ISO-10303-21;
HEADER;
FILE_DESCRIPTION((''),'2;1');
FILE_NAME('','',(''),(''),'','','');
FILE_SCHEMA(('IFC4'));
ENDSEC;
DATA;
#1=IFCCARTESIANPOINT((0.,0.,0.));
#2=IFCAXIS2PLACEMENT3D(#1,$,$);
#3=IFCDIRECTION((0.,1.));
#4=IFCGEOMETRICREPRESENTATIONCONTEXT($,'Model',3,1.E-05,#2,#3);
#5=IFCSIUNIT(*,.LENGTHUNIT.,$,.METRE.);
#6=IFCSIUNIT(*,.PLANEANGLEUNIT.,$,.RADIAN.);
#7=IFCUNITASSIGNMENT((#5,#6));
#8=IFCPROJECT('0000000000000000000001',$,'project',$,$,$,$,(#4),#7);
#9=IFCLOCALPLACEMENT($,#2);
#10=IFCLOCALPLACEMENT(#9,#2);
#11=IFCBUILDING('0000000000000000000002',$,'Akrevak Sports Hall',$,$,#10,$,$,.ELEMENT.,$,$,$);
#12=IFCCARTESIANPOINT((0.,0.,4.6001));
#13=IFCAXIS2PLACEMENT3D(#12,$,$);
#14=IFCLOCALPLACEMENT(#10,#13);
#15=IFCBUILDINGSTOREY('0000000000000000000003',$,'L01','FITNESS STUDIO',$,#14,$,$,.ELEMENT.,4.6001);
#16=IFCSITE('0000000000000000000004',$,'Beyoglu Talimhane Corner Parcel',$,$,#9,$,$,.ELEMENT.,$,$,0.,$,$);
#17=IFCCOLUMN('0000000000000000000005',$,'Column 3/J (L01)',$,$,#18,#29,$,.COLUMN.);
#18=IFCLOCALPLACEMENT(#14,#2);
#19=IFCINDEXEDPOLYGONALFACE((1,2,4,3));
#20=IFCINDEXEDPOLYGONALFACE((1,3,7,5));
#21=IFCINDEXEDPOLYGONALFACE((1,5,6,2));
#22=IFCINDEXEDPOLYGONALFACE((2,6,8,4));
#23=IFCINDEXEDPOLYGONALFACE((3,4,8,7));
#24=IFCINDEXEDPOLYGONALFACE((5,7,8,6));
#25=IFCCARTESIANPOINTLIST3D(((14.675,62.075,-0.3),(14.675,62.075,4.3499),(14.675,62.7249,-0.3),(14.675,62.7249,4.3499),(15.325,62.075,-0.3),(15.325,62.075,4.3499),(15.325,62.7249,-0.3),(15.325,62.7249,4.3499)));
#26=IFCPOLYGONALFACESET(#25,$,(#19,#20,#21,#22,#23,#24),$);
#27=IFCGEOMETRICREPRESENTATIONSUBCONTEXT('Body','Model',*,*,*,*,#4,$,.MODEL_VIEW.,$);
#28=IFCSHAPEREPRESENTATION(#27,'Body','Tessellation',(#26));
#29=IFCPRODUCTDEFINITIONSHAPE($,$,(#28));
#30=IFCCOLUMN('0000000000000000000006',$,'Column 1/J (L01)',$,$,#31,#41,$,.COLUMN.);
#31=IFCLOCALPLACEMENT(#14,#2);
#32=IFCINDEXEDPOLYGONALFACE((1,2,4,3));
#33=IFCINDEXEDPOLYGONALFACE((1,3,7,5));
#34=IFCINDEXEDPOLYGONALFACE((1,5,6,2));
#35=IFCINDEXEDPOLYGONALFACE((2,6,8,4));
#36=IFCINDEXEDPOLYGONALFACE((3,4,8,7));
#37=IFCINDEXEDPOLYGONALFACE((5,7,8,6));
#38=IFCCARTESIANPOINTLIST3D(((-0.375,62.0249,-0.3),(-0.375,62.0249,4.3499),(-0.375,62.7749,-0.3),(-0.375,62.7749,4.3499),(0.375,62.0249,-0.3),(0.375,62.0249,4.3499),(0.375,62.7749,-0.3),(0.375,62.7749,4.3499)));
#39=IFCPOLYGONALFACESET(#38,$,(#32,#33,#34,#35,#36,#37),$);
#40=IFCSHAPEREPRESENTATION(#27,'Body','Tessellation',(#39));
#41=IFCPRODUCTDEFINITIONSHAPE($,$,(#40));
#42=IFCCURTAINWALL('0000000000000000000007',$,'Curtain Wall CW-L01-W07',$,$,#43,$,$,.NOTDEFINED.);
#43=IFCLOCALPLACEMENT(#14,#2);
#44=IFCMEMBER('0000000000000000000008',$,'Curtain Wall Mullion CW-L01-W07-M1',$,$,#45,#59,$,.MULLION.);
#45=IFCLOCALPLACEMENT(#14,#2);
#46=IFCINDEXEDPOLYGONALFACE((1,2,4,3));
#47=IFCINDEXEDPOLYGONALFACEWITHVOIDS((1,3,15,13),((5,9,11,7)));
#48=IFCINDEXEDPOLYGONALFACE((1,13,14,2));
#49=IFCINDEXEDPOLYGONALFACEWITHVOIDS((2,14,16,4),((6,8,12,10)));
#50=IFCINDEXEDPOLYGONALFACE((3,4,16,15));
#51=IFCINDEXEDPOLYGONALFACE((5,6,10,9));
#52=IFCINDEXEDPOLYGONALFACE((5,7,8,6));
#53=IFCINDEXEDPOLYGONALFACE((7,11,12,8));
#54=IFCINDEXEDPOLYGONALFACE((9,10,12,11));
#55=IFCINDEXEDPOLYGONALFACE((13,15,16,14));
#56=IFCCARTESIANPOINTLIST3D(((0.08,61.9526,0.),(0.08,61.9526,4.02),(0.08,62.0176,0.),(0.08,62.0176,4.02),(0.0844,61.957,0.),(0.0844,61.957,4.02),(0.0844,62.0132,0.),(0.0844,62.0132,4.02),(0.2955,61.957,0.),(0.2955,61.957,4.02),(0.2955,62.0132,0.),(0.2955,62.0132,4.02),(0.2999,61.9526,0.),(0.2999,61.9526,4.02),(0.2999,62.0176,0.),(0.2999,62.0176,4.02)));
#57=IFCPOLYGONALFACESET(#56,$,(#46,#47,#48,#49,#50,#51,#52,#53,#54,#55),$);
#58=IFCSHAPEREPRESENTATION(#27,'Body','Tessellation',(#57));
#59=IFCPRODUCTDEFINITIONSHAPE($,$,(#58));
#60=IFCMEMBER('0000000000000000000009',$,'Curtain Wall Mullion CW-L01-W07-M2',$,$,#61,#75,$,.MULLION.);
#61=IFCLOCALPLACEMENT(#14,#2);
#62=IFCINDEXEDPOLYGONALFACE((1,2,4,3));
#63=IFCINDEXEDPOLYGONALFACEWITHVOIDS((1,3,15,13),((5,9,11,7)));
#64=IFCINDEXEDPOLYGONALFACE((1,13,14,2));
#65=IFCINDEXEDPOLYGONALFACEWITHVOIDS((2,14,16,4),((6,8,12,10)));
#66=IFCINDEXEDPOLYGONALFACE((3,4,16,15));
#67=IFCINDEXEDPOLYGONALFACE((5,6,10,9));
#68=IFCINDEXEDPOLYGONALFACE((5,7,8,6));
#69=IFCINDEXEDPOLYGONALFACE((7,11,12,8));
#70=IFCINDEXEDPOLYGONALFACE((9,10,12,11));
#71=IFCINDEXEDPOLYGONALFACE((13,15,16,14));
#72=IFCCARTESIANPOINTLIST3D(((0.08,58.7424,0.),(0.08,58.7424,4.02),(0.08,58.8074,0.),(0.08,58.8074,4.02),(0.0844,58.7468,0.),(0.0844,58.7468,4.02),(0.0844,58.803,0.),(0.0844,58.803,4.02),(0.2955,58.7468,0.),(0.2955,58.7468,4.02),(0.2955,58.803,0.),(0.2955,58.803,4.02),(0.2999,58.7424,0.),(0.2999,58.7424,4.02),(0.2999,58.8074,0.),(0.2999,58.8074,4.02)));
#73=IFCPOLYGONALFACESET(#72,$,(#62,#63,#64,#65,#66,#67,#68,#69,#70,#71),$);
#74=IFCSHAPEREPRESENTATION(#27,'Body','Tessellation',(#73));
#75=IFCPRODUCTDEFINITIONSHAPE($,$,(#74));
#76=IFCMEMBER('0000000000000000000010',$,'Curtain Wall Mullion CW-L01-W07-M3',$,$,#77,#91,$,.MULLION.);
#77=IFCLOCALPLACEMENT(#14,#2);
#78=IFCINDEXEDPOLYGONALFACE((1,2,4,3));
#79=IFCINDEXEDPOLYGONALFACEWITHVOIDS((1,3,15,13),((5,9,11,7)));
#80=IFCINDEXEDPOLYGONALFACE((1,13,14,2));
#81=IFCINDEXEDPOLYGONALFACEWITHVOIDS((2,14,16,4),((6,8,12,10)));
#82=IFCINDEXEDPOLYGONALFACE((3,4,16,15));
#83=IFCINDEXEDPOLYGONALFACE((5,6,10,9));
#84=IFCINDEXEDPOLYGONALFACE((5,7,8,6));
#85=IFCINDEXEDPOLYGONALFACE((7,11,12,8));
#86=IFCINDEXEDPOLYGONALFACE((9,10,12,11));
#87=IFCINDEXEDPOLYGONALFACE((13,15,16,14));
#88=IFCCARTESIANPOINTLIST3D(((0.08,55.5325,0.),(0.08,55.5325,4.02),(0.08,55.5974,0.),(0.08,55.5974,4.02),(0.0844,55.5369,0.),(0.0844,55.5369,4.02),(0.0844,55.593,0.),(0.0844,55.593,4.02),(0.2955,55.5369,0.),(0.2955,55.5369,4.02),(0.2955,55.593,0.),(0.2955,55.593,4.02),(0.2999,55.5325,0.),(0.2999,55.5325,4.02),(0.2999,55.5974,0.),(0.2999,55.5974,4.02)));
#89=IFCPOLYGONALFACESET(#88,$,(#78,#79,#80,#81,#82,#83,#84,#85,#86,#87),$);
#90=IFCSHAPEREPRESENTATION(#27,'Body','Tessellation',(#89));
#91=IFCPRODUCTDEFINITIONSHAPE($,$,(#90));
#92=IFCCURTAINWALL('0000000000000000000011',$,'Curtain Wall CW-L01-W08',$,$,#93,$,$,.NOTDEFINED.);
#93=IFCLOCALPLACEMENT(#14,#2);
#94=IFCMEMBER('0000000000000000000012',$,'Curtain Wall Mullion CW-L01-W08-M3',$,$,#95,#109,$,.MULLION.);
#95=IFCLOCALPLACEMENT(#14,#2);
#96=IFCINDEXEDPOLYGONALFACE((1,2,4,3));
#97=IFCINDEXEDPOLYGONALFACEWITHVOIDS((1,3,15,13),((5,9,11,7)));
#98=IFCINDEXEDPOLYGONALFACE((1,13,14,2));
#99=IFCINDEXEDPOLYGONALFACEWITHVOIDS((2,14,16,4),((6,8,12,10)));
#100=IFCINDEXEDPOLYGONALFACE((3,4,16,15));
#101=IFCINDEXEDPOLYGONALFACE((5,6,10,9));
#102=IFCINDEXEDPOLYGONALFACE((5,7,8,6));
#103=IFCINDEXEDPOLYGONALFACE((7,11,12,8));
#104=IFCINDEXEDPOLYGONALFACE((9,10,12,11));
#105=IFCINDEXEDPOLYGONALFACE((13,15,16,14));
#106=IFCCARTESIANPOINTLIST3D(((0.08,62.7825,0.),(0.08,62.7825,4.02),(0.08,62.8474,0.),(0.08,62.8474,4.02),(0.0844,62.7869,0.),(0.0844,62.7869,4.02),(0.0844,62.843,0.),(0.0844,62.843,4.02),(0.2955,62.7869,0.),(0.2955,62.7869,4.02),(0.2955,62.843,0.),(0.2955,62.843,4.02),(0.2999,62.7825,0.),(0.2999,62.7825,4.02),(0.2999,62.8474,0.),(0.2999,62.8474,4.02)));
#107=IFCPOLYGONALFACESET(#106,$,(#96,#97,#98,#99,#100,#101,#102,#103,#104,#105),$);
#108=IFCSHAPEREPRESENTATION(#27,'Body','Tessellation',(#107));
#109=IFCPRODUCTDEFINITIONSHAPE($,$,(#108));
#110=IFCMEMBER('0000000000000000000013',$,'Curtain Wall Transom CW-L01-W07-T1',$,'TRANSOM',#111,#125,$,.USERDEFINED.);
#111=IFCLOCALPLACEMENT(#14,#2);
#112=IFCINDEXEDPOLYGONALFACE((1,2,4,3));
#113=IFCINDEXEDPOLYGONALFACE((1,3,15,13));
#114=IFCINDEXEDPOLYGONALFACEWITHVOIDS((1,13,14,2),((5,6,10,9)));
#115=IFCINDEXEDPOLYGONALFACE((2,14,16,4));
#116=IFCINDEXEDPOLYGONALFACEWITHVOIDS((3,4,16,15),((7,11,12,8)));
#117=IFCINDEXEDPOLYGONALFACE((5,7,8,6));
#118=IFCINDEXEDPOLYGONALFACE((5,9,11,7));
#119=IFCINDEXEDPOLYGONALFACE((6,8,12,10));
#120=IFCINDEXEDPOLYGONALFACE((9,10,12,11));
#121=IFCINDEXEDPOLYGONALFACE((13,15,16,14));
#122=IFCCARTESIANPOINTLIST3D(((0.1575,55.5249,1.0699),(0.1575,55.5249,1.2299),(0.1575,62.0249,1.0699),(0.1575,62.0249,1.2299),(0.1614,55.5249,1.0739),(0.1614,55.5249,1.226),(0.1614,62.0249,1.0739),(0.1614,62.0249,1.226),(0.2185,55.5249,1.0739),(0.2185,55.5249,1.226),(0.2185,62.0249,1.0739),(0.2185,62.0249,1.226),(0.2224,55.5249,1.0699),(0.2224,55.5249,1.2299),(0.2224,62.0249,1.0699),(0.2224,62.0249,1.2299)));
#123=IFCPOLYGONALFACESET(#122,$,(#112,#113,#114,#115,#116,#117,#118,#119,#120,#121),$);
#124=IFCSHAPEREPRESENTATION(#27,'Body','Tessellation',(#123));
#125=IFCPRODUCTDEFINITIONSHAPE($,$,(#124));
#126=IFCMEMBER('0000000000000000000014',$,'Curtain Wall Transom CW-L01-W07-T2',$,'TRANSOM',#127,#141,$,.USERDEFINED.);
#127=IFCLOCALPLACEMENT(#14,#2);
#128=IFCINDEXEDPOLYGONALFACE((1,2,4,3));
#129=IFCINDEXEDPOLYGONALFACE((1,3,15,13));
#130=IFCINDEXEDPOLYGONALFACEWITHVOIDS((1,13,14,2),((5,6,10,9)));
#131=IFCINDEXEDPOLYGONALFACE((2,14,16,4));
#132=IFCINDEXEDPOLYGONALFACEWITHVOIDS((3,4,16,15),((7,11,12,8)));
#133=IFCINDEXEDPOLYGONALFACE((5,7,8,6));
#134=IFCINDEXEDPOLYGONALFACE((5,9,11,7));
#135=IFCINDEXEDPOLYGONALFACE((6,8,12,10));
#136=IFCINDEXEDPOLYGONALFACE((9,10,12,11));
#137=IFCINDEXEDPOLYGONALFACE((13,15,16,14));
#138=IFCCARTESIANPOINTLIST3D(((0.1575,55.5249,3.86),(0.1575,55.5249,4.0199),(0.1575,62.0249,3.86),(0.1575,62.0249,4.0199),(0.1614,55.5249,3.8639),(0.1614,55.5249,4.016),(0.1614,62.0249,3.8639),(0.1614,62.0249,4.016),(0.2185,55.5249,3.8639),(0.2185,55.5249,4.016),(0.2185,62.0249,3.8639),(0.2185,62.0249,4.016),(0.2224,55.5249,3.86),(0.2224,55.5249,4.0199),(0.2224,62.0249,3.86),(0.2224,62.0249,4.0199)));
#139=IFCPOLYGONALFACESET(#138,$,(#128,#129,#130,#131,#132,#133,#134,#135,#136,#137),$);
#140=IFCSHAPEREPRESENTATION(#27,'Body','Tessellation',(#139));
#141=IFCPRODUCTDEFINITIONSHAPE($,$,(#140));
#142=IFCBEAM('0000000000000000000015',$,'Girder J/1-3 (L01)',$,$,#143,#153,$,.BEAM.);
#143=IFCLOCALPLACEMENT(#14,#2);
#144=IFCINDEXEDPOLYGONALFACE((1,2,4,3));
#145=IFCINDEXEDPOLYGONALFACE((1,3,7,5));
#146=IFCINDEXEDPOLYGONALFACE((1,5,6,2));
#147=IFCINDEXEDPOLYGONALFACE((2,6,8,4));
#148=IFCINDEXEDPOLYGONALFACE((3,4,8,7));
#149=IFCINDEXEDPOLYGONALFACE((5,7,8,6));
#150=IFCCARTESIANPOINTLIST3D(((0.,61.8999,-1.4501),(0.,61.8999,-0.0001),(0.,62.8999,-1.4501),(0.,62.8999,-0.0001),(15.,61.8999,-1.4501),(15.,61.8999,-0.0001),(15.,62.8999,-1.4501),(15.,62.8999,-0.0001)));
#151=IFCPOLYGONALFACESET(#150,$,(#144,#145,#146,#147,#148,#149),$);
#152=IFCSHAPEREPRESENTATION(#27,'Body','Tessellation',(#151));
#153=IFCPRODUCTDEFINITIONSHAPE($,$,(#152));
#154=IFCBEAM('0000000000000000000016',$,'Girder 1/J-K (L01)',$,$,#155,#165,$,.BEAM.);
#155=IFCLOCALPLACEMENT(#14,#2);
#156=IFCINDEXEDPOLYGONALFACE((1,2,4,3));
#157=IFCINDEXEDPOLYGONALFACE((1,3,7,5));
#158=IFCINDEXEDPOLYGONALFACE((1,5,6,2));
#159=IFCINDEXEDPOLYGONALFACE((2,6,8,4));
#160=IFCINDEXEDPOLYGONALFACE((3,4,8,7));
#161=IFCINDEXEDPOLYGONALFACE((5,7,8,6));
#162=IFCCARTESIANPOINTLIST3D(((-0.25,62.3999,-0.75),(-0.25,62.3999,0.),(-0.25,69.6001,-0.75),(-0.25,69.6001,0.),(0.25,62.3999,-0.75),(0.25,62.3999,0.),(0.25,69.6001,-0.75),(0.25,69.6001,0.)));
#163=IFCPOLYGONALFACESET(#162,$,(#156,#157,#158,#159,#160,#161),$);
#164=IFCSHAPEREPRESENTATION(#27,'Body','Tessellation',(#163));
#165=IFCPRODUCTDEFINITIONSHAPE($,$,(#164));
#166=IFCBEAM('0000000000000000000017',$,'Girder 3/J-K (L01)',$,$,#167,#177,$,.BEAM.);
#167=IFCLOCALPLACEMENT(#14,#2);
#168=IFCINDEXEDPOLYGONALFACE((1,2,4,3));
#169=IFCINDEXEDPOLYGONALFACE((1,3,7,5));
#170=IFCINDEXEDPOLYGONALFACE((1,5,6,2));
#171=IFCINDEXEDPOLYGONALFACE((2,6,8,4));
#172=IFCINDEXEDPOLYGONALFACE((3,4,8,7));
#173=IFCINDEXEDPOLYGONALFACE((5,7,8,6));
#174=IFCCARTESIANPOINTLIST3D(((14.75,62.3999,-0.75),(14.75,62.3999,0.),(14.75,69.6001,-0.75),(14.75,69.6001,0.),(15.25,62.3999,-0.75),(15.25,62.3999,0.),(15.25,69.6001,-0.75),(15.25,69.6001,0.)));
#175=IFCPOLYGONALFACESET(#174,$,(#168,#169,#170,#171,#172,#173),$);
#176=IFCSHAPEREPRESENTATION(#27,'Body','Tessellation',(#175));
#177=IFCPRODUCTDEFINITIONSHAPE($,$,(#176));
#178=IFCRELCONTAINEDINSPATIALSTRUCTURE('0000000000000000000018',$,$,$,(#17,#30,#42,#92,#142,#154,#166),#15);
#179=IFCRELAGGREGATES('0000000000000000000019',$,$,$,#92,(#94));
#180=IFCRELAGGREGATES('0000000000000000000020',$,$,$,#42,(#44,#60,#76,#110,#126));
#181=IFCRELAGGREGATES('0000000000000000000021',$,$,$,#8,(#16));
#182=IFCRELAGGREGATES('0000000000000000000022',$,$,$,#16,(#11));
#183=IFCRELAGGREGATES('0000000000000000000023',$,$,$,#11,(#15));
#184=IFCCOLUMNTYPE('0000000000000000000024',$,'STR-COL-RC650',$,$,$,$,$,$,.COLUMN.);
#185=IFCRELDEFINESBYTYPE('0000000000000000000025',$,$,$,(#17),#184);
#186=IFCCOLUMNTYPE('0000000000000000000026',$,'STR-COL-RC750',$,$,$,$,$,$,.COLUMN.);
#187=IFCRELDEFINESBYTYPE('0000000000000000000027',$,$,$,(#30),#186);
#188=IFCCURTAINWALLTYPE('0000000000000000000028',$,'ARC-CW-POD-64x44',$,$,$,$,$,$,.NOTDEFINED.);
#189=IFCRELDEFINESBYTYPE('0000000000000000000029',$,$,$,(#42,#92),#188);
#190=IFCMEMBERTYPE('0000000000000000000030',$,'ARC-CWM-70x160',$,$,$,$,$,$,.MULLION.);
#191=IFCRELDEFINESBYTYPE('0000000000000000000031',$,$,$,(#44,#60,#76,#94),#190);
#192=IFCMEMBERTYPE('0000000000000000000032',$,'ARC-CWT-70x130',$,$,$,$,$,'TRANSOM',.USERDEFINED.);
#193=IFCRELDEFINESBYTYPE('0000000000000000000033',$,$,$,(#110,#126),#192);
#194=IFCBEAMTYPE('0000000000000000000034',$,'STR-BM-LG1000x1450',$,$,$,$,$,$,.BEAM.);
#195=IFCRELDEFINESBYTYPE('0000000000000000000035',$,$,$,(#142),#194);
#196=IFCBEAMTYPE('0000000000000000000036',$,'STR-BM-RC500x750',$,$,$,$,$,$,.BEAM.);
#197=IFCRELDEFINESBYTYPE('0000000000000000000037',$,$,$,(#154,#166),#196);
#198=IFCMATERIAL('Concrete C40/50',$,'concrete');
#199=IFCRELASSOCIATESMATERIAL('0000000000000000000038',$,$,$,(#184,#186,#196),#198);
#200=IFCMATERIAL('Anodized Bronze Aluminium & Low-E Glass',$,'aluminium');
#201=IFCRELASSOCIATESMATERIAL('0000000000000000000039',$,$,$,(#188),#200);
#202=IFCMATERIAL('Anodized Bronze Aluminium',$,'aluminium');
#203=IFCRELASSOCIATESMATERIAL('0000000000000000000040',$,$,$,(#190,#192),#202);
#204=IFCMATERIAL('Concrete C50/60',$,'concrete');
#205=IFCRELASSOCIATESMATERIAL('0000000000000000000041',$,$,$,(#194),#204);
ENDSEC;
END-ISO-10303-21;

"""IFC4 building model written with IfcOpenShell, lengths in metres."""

from ifc_helpers import new_model, si_unit, direction, frame, origin, origin_2d, place, context, subcontext, project, spatial, rectangle, hollow_rectangle, extrude, material, material_profile, profile_set, type_object, element, aggregate, save


model = new_model("IFC4")

# Units and contexts
model_context = context("Model", 3, precision=1e-05, world=origin(), true_north=direction((0.0, 1.0)))
body_context = subcontext(model_context, "Body", "Model", "MODEL_VIEW")
ifc_project = project(units=[si_unit("LENGTHUNIT", "METRE"), si_unit("PLANEANGLEUNIT", "RADIAN")], contexts=[model_context])

# Site, building, storey
site_placement = place(None, origin())
site = spatial("IfcSite", under=ifc_project, at=site_placement, Name="Beyoglu Talimhane Corner Parcel", CompositionType="ELEMENT", RefElevation=0.0)
building_placement = place(site_placement, origin())
building = spatial("IfcBuilding", under=site, at=building_placement, Name="Akrevak Sports Hall", CompositionType="ELEMENT")
storey_placement = place(building_placement, frame((0.0, 0.0, 4.6001)))
storey = spatial("IfcBuildingStorey", under=building, at=storey_placement, Name="L01", Description="FITNESS STUDIO", CompositionType="ELEMENT", Elevation=4.6001)

# Columns
ifc_material_1 = material(Name="Concrete C40/50", Category="concrete")
ifc_material_profile_1 = material_profile(ifc_material_1, rectangle(XDim=0.6499, YDim=0.6499, at=origin_2d()), Name="RC 650x650", Category="concrete")
ifc_profile_set_1 = profile_set([ifc_material_profile_1], Name="Concrete C40/50")
column_type_1 = type_object("IfcColumnType", Name="STR-COL-RC650", PredefinedType="COLUMN", material=ifc_profile_set_1)
column_1_placement = place(storey_placement, frame((15.0, 62.3999, -0.3), z_axis=(0.0, 0.0, 1.0), x_axis=(1.0, 0.0, 0.0)))
element("IfcColumn", 1, at=column_1_placement, inside=storey, type_object=column_type_1, Name="Column 3/J (L01)", PredefinedType="COLUMN", context=body_context, shape_type="SweptSolid", body=[
    extrude(rectangle(XDim=0.6499, YDim=0.6499, at=origin_2d()), origin(), (0.0, 0.0, 1.0), 4.6499),
])
ifc_material_profile_2 = material_profile(ifc_material_1, rectangle(XDim=0.75, YDim=0.75, at=origin_2d()), Name="RC 750x750", Category="concrete")
ifc_profile_set_2 = profile_set([ifc_material_profile_2], Name="Concrete C40/50")
column_type_2 = type_object("IfcColumnType", Name="STR-COL-RC750", PredefinedType="COLUMN", material=ifc_profile_set_2)
column_2_placement = place(storey_placement, frame((0.0, 62.3999, -0.3), z_axis=(0.0, 0.0, 1.0), x_axis=(1.0, 0.0, 0.0)))
element("IfcColumn", 2, at=column_2_placement, inside=storey, type_object=column_type_2, Name="Column 1/J (L01)", PredefinedType="COLUMN", context=body_context, shape_type="SweptSolid", body=[
    extrude(rectangle(XDim=0.75, YDim=0.75, at=origin_2d()), origin(), (0.0, 0.0, 1.0), 4.6499),
])

# Curtain wall, members
ifc_material_2 = material(Name="Anodized Bronze Aluminium & Low-E Glass", Category="aluminium")
curtain_wall_type = type_object("IfcCurtainWallType", Name="ARC-CW-POD-64x44", PredefinedType="NOTDEFINED", material=ifc_material_2)
curtain_wall_1_placement = place(storey_placement, origin())
curtain_wall_1 = element("IfcCurtainWall", 3, at=curtain_wall_1_placement, inside=storey, type_object=curtain_wall_type, Name="Curtain Wall CW-L01-W07", PredefinedType="NOTDEFINED")
ifc_material_3 = material(Name="Anodized Bronze Aluminium", Category="aluminium")
ifc_material_profile_3 = material_profile(ifc_material_3, hollow_rectangle(XDim=0.0649, YDim=0.22, WallThickness=0.0044, at=origin_2d()), Name="CWM 65x220", Category="aluminium")
ifc_profile_set_3 = profile_set([ifc_material_profile_3], Name="Anodized Bronze Aluminium")
member_type_1 = type_object("IfcMemberType", Name="ARC-CWM-70x160", PredefinedType="MULLION", material=ifc_profile_set_3)
member_1_placement = place(storey_placement, frame((0.1899, 61.9851, 0.0), z_axis=(0.0, 0.0, 1.0), x_axis=(0.0, -1.0, 0.0)))
member_1 = element("IfcMember", 4, at=member_1_placement, type_object=member_type_1, Name="Curtain Wall Mullion CW-L01-W07-M1", PredefinedType="MULLION", context=body_context, shape_type="SweptSolid", body=[
    extrude(hollow_rectangle(XDim=0.0649, YDim=0.22, WallThickness=0.0044, at=origin_2d()), origin(), (0.0, 0.0, 1.0), 4.02),
])
member_2_placement = place(storey_placement, frame((0.1899, 58.7749, 0.0), z_axis=(0.0, 0.0, 1.0), x_axis=(0.0, -1.0, 0.0)))
member_2 = element("IfcMember", 5, at=member_2_placement, type_object=member_type_1, Name="Curtain Wall Mullion CW-L01-W07-M2", PredefinedType="MULLION", context=body_context, shape_type="SweptSolid", body=[
    extrude(hollow_rectangle(XDim=0.0649, YDim=0.22, WallThickness=0.0044, at=origin_2d()), origin(), (0.0, 0.0, 1.0), 4.02),
])
member_3_placement = place(storey_placement, frame((0.1899, 55.5649, 0.0), z_axis=(0.0, 0.0, 1.0), x_axis=(0.0, -1.0, 0.0)))
member_3 = element("IfcMember", 6, at=member_3_placement, type_object=member_type_1, Name="Curtain Wall Mullion CW-L01-W07-M3", PredefinedType="MULLION", context=body_context, shape_type="SweptSolid", body=[
    extrude(hollow_rectangle(XDim=0.0649, YDim=0.22, WallThickness=0.0044, at=origin_2d()), origin(), (0.0, 0.0, 1.0), 4.02),
])

# Curtain wall, member
curtain_wall_2_placement = place(storey_placement, origin())
curtain_wall_2 = element("IfcCurtainWall", 7, at=curtain_wall_2_placement, inside=storey, type_object=curtain_wall_type, Name="Curtain Wall CW-L01-W08", PredefinedType="NOTDEFINED")
member_4_placement = place(storey_placement, frame((0.1899, 62.8149, 0.0), z_axis=(0.0, 0.0, 1.0), x_axis=(0.0, -1.0, 0.0)))
member_4 = element("IfcMember", 8, at=member_4_placement, type_object=member_type_1, Name="Curtain Wall Mullion CW-L01-W08-M3", PredefinedType="MULLION", context=body_context, shape_type="SweptSolid", body=[
    extrude(hollow_rectangle(XDim=0.0649, YDim=0.22, WallThickness=0.0044, at=origin_2d()), origin(), (0.0, 0.0, 1.0), 4.02),
])
aggregate(curtain_wall_2, [member_4])

# Members
ifc_material_profile_4 = material_profile(ifc_material_3, hollow_rectangle(XDim=0.0649, YDim=0.1599, WallThickness=0.0039, at=origin_2d()), Name="CWT 65x160", Category="aluminium")
ifc_profile_set_4 = profile_set([ifc_material_profile_4], Name="Anodized Bronze Aluminium")
member_type_2 = type_object("IfcMemberType", Name="ARC-CWT-70x130", ElementType="TRANSOM", PredefinedType="USERDEFINED", material=ifc_profile_set_4)
member_5_placement = place(storey_placement, frame((0.1899, 62.0249, 1.1499), z_axis=(0.0, -1.0, 0.0), x_axis=(1.0, 0.0, 0.0)))
member_5 = element("IfcMember", 9, at=member_5_placement, type_object=member_type_2, Name="Curtain Wall Transom CW-L01-W07-T1", ObjectType="TRANSOM", PredefinedType="USERDEFINED", context=body_context, shape_type="SweptSolid", body=[
    extrude(hollow_rectangle(XDim=0.0649, YDim=0.1599, WallThickness=0.0039, at=origin_2d()), origin(), (0.0, 0.0, 1.0), 6.5),
])
member_6_placement = place(storey_placement, frame((0.1899, 62.0249, 3.9399), z_axis=(0.0, -1.0, 0.0), x_axis=(1.0, 0.0, 0.0)))
member_6 = element("IfcMember", 10, at=member_6_placement, type_object=member_type_2, Name="Curtain Wall Transom CW-L01-W07-T2", ObjectType="TRANSOM", PredefinedType="USERDEFINED", context=body_context, shape_type="SweptSolid", body=[
    extrude(hollow_rectangle(XDim=0.0649, YDim=0.1599, WallThickness=0.0039, at=origin_2d()), origin(), (0.0, 0.0, 1.0), 6.5),
])

# Beams
ifc_material_4 = material(Name="Concrete C50/60", Category="concrete")
ifc_material_profile_5 = material_profile(ifc_material_4, rectangle(XDim=1.0, YDim=1.45, at=origin_2d()), Name="BM 1000x1450", Category="concrete")
ifc_profile_set_5 = profile_set([ifc_material_profile_5], Name="Concrete C50/60")
beam_type_1 = type_object("IfcBeamType", Name="STR-BM-LG1000x1450", PredefinedType="BEAM", material=ifc_profile_set_5)
beam_1_placement = place(storey_placement, frame((0.0, 62.3999, -0.7251), z_axis=(1.0, 0.0, 0.0), x_axis=(0.0, 1.0, 0.0)))
element("IfcBeam", 11, at=beam_1_placement, inside=storey, type_object=beam_type_1, Name="Girder J/1-3 (L01)", PredefinedType="BEAM", context=body_context, shape_type="SweptSolid", body=[
    extrude(rectangle(XDim=1.0, YDim=1.45, at=origin_2d()), origin(), (0.0, 0.0, 1.0), 15.0),
])
ifc_material_profile_6 = material_profile(ifc_material_1, rectangle(XDim=0.5, YDim=0.75, at=origin_2d()), Name="BM 500x750", Category="concrete")
ifc_profile_set_6 = profile_set([ifc_material_profile_6], Name="Concrete C40/50")
beam_type_2 = type_object("IfcBeamType", Name="STR-BM-RC500x750", PredefinedType="BEAM", material=ifc_profile_set_6)
for number, where, z_axis, x_axis, name in (
    (12, (0.0, 62.3999, -0.375), (0.0, 1.0, 0.0), (-1.0, 0.0, 0.0), "Girder 1/J-K (L01)"),
    (13, (15.0, 62.3999, -0.375), (0.0, 1.0, 0.0), (-1.0, 0.0, 0.0), "Girder 3/J-K (L01)"),
):
    element("IfcBeam", number, at=place(storey_placement, frame(where, z_axis=z_axis, x_axis=x_axis)), inside=storey, type_object=beam_type_2, Name=name, PredefinedType="BEAM", context=body_context, shape_type="SweptSolid", body=[
        extrude(rectangle(XDim=0.5, YDim=0.75, at=origin_2d()), origin(), (0.0, 0.0, 1.0), 7.2002),
    ])

aggregate(curtain_wall_1, [member_1, member_2, member_3, member_5, member_6])

save(model, "model.ifc")
